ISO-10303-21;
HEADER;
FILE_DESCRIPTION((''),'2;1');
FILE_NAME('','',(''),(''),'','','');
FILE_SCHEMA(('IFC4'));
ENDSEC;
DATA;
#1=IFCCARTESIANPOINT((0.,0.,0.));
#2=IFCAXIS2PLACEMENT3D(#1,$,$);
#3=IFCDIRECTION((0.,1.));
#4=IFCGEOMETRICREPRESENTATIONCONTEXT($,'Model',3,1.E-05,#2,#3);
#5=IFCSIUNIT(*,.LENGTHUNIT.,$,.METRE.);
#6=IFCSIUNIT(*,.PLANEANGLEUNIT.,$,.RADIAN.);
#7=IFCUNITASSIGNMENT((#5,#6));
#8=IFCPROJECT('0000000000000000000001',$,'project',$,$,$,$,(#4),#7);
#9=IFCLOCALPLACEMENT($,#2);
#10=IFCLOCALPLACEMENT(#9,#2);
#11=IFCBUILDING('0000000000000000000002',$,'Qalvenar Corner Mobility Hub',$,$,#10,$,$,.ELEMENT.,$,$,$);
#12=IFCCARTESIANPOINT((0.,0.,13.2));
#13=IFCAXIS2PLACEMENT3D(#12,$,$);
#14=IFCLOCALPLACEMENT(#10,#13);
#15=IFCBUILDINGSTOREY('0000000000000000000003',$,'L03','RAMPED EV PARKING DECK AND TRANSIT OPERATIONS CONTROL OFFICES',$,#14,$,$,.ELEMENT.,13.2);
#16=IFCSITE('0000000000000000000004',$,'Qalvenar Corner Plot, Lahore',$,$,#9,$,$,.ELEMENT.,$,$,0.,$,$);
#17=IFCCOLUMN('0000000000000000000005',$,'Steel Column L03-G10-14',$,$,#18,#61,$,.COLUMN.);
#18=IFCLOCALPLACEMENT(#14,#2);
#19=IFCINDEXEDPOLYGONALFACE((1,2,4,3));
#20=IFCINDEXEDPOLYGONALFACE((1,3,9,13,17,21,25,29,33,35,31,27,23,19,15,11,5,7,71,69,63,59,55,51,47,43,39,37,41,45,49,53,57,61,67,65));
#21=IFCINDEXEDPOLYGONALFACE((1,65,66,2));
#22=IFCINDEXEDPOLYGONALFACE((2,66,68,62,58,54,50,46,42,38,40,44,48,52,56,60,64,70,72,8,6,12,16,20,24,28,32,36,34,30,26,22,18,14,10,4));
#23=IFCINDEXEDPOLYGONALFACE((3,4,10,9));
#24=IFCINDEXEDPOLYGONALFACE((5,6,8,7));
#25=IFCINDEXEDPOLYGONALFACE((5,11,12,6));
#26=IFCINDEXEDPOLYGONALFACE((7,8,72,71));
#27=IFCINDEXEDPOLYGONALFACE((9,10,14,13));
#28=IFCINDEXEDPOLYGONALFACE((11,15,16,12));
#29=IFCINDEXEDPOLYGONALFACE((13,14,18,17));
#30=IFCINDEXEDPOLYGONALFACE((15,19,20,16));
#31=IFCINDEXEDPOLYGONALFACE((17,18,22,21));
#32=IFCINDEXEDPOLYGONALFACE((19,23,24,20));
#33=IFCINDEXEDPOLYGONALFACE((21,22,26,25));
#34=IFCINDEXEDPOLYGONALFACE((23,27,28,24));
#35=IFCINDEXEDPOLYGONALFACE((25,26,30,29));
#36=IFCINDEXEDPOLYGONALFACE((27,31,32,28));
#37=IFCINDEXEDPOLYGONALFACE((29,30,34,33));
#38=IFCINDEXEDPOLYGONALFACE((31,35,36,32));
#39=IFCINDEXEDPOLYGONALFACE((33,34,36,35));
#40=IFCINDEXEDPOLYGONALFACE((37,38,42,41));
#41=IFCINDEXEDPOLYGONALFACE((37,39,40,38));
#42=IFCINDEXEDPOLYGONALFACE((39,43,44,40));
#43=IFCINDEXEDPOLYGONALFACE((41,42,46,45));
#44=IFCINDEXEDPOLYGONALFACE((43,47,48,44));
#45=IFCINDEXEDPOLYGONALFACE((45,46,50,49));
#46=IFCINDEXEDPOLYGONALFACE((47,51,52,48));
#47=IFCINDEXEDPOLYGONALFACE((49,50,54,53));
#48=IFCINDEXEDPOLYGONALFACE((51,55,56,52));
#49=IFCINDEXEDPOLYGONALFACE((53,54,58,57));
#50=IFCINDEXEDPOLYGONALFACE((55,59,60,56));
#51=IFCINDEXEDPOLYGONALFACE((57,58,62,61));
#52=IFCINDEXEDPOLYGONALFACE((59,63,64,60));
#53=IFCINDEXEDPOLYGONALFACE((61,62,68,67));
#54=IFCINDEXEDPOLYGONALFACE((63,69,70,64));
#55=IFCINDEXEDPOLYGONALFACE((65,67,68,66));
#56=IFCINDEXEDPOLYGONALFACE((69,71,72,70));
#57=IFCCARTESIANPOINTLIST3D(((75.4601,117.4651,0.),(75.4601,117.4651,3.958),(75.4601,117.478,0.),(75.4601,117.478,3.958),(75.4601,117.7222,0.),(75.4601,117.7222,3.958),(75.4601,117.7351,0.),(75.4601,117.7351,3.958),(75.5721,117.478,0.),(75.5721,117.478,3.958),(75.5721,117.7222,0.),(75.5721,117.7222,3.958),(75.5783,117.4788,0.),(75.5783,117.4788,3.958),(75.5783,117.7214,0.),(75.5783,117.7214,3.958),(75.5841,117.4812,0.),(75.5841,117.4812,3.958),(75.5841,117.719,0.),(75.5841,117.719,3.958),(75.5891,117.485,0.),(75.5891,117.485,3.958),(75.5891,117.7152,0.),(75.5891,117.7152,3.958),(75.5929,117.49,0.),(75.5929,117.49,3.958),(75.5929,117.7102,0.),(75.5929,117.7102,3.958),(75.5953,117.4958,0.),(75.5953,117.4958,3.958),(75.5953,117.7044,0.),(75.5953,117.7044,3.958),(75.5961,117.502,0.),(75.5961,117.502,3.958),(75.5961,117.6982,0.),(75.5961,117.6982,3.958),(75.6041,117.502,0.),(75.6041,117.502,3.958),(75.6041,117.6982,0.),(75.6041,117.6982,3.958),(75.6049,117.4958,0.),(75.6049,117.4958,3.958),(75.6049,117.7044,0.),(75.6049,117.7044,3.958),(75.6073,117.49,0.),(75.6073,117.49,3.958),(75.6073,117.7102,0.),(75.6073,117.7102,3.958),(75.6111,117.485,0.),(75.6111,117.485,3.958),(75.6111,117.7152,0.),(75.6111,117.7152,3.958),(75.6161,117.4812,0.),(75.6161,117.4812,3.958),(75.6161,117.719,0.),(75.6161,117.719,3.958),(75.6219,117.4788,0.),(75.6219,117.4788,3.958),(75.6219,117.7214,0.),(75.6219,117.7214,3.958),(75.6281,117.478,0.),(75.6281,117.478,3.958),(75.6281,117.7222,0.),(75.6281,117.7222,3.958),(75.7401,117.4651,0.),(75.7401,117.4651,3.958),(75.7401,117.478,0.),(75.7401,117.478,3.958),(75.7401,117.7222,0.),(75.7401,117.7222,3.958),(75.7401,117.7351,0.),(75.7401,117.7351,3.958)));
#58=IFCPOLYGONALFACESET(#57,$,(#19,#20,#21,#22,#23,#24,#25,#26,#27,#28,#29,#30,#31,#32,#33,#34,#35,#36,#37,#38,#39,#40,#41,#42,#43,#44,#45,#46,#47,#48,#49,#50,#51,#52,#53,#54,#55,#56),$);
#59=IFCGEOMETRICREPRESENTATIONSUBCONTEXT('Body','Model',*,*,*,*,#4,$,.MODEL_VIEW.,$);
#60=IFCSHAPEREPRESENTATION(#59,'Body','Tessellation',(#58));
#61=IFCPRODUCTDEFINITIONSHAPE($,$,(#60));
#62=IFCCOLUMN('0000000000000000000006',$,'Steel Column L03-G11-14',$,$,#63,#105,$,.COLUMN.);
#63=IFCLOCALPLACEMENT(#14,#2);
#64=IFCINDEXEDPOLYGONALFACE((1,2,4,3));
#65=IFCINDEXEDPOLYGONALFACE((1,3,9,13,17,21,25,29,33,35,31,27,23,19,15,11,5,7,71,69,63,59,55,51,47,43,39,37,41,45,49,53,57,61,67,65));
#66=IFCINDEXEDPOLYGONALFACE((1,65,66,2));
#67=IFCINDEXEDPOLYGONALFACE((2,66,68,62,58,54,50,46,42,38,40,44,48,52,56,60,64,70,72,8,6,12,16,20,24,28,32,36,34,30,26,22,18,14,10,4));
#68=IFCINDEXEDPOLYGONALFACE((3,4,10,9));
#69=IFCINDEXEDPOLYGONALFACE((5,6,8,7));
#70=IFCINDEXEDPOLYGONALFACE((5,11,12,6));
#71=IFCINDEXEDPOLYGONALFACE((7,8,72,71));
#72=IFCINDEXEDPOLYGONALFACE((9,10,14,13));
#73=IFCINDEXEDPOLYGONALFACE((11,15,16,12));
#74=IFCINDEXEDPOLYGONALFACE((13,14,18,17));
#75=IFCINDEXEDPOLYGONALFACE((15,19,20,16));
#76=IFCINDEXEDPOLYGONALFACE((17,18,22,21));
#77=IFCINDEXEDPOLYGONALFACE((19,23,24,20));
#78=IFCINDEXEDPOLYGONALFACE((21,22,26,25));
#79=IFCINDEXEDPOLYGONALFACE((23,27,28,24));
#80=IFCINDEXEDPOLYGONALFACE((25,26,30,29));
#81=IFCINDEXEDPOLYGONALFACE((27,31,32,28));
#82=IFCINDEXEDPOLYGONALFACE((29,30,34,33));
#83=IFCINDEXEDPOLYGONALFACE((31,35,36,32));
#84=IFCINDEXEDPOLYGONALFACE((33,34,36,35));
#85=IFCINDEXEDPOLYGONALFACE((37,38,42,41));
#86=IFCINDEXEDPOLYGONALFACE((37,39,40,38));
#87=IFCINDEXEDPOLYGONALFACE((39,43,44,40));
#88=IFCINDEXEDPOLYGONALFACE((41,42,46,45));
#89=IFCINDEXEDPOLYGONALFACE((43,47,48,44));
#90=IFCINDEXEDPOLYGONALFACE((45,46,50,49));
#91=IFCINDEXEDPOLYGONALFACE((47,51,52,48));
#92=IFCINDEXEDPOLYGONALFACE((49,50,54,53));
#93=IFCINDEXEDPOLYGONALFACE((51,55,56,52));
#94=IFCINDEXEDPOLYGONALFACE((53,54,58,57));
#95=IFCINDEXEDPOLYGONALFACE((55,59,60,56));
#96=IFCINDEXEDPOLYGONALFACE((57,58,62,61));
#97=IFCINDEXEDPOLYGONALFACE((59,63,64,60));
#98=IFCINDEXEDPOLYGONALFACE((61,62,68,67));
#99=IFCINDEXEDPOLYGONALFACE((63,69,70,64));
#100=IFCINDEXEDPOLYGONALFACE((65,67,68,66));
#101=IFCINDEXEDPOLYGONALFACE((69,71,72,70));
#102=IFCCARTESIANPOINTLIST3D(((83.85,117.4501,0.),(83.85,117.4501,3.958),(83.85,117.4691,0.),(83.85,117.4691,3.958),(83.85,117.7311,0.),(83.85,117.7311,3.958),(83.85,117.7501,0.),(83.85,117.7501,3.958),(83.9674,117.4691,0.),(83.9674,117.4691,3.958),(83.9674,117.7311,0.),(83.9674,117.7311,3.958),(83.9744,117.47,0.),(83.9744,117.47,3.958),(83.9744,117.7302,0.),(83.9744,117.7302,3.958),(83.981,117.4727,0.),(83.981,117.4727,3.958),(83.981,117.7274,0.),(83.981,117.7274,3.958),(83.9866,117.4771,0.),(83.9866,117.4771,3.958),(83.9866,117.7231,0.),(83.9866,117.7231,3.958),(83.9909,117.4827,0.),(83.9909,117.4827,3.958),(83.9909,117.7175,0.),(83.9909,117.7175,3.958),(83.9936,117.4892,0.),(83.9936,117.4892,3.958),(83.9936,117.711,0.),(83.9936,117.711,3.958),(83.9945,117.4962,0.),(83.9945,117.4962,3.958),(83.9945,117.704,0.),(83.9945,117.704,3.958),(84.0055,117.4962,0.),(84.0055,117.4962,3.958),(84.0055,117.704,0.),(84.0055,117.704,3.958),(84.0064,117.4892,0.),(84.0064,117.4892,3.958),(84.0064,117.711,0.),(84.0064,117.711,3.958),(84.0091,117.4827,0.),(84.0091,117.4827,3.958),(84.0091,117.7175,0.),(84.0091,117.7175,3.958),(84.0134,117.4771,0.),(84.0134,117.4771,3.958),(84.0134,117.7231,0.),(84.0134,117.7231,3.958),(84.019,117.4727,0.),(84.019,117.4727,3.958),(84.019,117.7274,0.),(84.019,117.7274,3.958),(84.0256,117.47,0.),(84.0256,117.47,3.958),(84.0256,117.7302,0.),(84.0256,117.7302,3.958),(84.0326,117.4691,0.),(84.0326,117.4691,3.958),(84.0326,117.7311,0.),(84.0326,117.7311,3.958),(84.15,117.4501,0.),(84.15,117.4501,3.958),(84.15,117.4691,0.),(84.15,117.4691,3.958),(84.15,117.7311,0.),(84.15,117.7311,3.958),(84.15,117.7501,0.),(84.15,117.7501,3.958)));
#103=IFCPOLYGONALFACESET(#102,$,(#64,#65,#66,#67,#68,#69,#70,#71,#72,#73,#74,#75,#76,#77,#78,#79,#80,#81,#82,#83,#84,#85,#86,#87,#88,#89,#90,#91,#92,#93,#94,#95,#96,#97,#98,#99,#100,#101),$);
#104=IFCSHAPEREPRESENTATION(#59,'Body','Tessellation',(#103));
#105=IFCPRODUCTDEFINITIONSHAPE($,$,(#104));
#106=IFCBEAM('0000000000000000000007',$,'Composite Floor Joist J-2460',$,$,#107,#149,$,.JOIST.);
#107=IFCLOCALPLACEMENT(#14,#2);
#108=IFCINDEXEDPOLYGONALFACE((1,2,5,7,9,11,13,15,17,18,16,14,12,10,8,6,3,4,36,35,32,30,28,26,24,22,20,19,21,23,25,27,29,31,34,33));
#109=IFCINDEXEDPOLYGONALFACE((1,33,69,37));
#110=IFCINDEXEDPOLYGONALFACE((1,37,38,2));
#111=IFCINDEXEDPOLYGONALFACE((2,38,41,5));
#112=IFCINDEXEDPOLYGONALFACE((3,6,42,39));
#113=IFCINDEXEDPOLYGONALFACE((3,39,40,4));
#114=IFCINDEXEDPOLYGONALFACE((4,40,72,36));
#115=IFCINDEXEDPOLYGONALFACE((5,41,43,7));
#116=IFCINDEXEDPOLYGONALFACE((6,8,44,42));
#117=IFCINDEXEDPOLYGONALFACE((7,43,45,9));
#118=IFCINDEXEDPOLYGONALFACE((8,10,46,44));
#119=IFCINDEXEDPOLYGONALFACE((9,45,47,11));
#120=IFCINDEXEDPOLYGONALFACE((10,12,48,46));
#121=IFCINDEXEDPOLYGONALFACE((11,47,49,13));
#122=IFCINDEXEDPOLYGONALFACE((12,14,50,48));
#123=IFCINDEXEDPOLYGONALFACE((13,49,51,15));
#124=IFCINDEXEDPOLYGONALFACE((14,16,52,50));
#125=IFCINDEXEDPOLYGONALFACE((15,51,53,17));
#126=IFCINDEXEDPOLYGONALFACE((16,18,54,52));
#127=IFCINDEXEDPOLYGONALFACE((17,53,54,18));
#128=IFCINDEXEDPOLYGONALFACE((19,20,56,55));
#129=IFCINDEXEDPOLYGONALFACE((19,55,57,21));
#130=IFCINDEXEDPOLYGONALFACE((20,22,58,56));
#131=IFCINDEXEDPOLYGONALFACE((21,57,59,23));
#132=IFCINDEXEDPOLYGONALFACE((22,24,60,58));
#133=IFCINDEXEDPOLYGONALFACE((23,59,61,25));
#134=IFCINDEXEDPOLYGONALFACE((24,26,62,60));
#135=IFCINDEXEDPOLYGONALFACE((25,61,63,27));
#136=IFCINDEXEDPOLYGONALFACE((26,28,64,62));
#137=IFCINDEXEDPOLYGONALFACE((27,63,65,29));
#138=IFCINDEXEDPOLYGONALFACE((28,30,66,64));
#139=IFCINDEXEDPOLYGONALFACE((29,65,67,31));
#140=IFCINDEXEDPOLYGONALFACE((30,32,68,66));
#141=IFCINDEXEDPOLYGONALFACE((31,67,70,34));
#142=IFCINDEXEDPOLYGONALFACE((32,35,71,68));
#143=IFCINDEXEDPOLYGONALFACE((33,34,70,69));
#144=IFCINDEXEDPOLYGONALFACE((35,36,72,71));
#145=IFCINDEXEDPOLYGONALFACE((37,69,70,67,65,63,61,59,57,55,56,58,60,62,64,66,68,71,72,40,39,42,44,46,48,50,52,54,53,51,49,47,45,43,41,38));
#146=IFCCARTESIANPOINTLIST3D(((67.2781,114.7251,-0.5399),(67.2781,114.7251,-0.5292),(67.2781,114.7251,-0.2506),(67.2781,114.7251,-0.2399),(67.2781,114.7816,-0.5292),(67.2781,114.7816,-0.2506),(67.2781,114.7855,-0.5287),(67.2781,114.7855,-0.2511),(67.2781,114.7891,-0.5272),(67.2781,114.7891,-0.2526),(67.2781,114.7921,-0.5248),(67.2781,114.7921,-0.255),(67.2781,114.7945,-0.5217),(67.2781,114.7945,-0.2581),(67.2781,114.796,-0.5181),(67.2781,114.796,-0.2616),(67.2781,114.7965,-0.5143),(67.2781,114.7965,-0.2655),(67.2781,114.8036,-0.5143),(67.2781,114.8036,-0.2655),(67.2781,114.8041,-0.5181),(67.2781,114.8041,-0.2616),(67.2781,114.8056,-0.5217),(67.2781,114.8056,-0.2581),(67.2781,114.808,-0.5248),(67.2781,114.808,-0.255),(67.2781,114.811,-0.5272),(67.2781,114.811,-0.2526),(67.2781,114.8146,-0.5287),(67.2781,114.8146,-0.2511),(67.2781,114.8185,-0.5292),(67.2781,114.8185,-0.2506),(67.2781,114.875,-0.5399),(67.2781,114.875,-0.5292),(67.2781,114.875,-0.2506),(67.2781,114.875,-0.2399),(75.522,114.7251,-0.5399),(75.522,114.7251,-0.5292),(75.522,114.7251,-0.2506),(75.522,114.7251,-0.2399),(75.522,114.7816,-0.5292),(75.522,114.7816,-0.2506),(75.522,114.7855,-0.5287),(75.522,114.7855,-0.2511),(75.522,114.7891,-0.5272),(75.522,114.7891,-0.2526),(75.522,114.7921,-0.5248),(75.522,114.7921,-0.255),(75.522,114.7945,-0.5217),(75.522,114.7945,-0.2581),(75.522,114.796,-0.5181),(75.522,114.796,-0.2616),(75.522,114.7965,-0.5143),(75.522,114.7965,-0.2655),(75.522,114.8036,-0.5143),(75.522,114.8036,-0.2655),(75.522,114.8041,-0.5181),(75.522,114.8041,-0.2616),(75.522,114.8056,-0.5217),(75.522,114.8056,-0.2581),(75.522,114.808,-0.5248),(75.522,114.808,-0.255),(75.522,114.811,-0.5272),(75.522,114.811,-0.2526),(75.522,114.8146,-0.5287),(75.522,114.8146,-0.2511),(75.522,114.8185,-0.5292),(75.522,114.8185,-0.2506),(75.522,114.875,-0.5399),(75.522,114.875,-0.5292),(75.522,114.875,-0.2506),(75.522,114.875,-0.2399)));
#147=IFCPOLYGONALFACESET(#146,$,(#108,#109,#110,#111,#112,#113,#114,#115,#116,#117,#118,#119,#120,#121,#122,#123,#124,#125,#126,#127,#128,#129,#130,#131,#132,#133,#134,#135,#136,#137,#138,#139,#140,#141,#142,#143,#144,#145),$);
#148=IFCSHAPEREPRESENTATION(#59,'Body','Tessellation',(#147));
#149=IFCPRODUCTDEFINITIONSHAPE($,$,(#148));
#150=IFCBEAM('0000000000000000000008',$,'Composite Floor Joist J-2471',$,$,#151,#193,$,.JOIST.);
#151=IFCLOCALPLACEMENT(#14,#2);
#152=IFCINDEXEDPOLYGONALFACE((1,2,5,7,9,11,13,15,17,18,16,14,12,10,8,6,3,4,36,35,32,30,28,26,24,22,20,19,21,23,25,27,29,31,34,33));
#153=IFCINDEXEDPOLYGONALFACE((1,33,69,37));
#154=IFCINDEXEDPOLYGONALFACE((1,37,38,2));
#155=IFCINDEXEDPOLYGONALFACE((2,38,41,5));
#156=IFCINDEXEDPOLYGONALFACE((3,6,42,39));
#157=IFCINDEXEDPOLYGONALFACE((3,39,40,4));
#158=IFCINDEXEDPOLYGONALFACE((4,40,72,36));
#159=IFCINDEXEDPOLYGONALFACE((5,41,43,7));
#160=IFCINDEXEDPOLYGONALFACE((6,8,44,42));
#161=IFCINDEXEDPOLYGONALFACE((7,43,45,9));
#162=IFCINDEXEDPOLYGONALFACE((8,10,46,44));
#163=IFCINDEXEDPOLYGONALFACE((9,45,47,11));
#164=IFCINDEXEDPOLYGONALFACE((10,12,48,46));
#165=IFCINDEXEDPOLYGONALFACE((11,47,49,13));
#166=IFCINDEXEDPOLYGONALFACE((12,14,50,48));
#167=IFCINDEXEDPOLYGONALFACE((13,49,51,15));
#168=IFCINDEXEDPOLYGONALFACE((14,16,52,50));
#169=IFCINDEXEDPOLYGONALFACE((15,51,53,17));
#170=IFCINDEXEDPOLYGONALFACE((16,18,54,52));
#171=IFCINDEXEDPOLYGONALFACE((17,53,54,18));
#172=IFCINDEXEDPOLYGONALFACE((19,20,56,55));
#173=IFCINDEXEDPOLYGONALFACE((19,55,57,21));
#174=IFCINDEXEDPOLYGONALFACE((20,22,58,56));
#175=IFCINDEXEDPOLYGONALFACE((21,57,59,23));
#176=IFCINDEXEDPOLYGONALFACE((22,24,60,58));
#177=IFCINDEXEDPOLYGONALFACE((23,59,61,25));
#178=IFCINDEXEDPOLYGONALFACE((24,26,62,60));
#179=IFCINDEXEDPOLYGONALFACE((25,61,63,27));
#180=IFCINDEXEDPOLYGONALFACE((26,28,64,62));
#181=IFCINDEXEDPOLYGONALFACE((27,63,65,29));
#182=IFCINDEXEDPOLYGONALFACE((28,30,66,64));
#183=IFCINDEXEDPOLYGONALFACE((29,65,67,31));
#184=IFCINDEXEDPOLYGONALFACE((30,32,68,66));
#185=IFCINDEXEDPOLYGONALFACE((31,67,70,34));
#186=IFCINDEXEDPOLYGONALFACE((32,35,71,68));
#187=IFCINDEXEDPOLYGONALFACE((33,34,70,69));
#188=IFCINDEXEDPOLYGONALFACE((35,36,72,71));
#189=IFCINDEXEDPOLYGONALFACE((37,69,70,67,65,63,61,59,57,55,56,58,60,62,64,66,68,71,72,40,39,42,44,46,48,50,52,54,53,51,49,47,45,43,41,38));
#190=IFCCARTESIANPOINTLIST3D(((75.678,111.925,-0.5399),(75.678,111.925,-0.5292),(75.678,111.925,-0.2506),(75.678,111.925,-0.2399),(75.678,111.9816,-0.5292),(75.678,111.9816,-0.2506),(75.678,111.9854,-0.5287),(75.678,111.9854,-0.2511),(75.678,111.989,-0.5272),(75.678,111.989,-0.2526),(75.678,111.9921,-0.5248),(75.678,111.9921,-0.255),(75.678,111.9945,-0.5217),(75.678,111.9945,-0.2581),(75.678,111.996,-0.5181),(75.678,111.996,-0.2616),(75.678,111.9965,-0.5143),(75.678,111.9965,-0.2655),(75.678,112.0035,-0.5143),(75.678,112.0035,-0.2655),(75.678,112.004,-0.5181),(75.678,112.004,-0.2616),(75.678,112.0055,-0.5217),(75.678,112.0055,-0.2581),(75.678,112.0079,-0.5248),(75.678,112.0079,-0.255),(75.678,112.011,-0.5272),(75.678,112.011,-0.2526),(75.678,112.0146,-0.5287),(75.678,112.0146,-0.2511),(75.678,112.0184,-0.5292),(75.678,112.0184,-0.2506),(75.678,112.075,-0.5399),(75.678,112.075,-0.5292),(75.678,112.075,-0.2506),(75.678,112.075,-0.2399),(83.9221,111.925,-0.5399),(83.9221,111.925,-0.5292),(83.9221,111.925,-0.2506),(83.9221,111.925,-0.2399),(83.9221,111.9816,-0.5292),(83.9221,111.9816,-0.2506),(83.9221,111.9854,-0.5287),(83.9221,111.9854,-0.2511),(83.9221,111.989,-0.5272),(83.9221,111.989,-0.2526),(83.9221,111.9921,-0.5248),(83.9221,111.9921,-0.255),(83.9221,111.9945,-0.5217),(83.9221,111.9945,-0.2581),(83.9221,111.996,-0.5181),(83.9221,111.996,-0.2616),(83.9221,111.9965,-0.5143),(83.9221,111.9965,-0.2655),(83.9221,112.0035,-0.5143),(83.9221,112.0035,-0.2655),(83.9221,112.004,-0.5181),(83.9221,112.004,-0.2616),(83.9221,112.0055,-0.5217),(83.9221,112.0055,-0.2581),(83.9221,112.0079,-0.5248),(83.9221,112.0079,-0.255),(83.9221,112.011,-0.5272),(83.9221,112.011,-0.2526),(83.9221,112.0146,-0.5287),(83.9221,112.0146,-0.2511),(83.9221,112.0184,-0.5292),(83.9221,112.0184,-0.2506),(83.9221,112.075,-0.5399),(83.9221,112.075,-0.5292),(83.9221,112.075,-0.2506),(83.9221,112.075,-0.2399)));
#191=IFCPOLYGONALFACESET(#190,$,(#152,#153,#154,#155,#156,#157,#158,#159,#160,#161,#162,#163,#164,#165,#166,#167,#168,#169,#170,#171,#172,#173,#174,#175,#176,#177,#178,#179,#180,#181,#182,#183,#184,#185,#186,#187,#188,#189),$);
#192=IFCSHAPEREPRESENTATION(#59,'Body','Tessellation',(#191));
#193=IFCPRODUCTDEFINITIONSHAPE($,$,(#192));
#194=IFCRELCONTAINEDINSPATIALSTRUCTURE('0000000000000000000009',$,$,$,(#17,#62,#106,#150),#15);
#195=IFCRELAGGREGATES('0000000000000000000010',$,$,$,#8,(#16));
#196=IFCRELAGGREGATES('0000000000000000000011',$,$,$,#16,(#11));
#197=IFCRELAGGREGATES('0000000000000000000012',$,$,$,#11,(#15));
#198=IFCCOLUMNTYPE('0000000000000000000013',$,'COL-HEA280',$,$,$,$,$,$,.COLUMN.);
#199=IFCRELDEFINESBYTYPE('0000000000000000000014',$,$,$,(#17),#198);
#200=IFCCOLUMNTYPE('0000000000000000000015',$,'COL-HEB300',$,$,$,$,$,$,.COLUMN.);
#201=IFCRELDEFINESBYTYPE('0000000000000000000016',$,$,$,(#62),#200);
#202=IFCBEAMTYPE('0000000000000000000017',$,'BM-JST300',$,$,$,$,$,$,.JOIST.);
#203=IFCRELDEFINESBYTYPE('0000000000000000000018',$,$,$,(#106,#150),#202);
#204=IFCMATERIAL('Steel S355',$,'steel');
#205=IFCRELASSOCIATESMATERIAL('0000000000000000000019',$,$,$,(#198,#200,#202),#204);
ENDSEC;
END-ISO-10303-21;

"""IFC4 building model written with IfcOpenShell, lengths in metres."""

from ifc_helpers import new_model, si_unit, direction, frame, origin, origin_2d, place, context, subcontext, project, spatial, i_section, extrude, material, material_profile, profile_set, type_object, element, save


model = new_model("IFC4")

# Units and contexts
model_context = context("Model", 3, precision=1e-05, world=origin(), true_north=direction((0.0, 1.0)))
body_context = subcontext(model_context, "Body", "Model", "MODEL_VIEW")
ifc_project = project(units=[si_unit("LENGTHUNIT", "METRE"), si_unit("PLANEANGLEUNIT", "RADIAN")], contexts=[model_context])

# Site, building, storey
site_placement = place(None, origin())
site = spatial("IfcSite", under=ifc_project, at=site_placement, Name="Qalvenar Corner Plot, Lahore", CompositionType="ELEMENT", RefElevation=0.0)
building_placement = place(site_placement, origin())
building = spatial("IfcBuilding", under=site, at=building_placement, Name="Qalvenar Corner Mobility Hub", CompositionType="ELEMENT")
storey_placement = place(building_placement, frame((0.0, 0.0, 13.2)))
storey = spatial("IfcBuildingStorey", under=building, at=storey_placement, Name="L03", Description="RAMPED EV PARKING DECK AND TRANSIT OPERATIONS CONTROL OFFICES", CompositionType="ELEMENT", Elevation=13.2)

# Columns
ifc_material = material(Name="Steel S355", Category="steel")
ifc_material_profile_1 = material_profile(ifc_material, i_section(OverallWidth=0.28, OverallDepth=0.27, WebThickness=0.0081, FlangeThickness=0.0129, FilletRadius=0.0239, at=origin_2d()), Name="HEA280")
ifc_profile_set_1 = profile_set([ifc_material_profile_1], Name="Steel S355")
column_type_1 = type_object("IfcColumnType", Name="COL-HEA280", PredefinedType="COLUMN", material=ifc_profile_set_1)
column_1_placement = place(storey_placement, frame((75.6001, 117.6001, 0.0), z_axis=(0.0, 0.0, 1.0), x_axis=(1.0, 0.0, 0.0)))
element("IfcColumn", 1, at=column_1_placement, inside=storey, type_object=column_type_1, Name="Steel Column L03-G10-14", PredefinedType="COLUMN", context=body_context, shape_type="SweptSolid", body=[
    extrude(i_section(OverallWidth=0.28, OverallDepth=0.27, WebThickness=0.0081, FlangeThickness=0.0129, FilletRadius=0.0239, at=origin_2d()), origin(), (0.0, 0.0, 1.0), 3.958),
])
ifc_material_profile_2 = material_profile(ifc_material, i_section(OverallWidth=0.3, OverallDepth=0.3, WebThickness=0.011, FlangeThickness=0.019, FilletRadius=0.0271, at=origin_2d()), Name="HEB300")
ifc_profile_set_2 = profile_set([ifc_material_profile_2], Name="Steel S355")
column_type_2 = type_object("IfcColumnType", Name="COL-HEB300", PredefinedType="COLUMN", material=ifc_profile_set_2)
column_2_placement = place(storey_placement, frame((84.0, 117.6001, 0.0), z_axis=(0.0, 0.0, 1.0), x_axis=(1.0, 0.0, 0.0)))
element("IfcColumn", 2, at=column_2_placement, inside=storey, type_object=column_type_2, Name="Steel Column L03-G11-14", PredefinedType="COLUMN", context=body_context, shape_type="SweptSolid", body=[
    extrude(i_section(OverallWidth=0.3, OverallDepth=0.3, WebThickness=0.011, FlangeThickness=0.019, FilletRadius=0.0271, at=origin_2d()), origin(), (0.0, 0.0, 1.0), 3.958),
])

# Beams
ifc_material_profile_3 = material_profile(ifc_material, i_section(OverallWidth=0.1499, OverallDepth=0.3, WebThickness=0.0071, FlangeThickness=0.0107, FilletRadius=0.0149, at=origin_2d()), Name="IPE300")
ifc_profile_set_3 = profile_set([ifc_material_profile_3], Name="Steel S355")
beam_type_1 = type_object("IfcBeamType", Name="BM-JST300", PredefinedType="JOIST", material=ifc_profile_set_3)
beam_1_placement = place(storey_placement, frame((67.2781, 114.8, -0.3899), z_axis=(1.0, 0.0, 0.0), x_axis=(0.0, 1.0, 0.0)))
element("IfcBeam", 3, at=beam_1_placement, inside=storey, type_object=beam_type_1, Name="Composite Floor Joist J-2460", PredefinedType="JOIST", context=body_context, shape_type="SweptSolid", body=[
    extrude(i_section(OverallWidth=0.1499, OverallDepth=0.3, WebThickness=0.0071, FlangeThickness=0.0107, FilletRadius=0.0149, at=origin_2d()), origin(), (0.0, 0.0, 1.0), 8.2439),
])
for number, where, z_axis, x_axis, name in (
    (4, (75.678, 112.0, -0.3899), (1.0, 0.0, 0.0), (0.0, 1.0, 0.0), "Composite Floor Joist J-2471"),
):
    element("IfcBeam", number, at=place(storey_placement, frame(where, z_axis=z_axis, x_axis=x_axis)), inside=storey, type_object=beam_type_1, Name=name, PredefinedType="JOIST", context=body_context, shape_type="SweptSolid", body=[
        extrude(i_section(OverallWidth=0.1499, OverallDepth=0.3, WebThickness=0.0071, FlangeThickness=0.0107, FilletRadius=0.0149, at=origin_2d()), origin(), (0.0, 0.0, 1.0), 8.2441),
    ])

save(model, "model.ifc")
